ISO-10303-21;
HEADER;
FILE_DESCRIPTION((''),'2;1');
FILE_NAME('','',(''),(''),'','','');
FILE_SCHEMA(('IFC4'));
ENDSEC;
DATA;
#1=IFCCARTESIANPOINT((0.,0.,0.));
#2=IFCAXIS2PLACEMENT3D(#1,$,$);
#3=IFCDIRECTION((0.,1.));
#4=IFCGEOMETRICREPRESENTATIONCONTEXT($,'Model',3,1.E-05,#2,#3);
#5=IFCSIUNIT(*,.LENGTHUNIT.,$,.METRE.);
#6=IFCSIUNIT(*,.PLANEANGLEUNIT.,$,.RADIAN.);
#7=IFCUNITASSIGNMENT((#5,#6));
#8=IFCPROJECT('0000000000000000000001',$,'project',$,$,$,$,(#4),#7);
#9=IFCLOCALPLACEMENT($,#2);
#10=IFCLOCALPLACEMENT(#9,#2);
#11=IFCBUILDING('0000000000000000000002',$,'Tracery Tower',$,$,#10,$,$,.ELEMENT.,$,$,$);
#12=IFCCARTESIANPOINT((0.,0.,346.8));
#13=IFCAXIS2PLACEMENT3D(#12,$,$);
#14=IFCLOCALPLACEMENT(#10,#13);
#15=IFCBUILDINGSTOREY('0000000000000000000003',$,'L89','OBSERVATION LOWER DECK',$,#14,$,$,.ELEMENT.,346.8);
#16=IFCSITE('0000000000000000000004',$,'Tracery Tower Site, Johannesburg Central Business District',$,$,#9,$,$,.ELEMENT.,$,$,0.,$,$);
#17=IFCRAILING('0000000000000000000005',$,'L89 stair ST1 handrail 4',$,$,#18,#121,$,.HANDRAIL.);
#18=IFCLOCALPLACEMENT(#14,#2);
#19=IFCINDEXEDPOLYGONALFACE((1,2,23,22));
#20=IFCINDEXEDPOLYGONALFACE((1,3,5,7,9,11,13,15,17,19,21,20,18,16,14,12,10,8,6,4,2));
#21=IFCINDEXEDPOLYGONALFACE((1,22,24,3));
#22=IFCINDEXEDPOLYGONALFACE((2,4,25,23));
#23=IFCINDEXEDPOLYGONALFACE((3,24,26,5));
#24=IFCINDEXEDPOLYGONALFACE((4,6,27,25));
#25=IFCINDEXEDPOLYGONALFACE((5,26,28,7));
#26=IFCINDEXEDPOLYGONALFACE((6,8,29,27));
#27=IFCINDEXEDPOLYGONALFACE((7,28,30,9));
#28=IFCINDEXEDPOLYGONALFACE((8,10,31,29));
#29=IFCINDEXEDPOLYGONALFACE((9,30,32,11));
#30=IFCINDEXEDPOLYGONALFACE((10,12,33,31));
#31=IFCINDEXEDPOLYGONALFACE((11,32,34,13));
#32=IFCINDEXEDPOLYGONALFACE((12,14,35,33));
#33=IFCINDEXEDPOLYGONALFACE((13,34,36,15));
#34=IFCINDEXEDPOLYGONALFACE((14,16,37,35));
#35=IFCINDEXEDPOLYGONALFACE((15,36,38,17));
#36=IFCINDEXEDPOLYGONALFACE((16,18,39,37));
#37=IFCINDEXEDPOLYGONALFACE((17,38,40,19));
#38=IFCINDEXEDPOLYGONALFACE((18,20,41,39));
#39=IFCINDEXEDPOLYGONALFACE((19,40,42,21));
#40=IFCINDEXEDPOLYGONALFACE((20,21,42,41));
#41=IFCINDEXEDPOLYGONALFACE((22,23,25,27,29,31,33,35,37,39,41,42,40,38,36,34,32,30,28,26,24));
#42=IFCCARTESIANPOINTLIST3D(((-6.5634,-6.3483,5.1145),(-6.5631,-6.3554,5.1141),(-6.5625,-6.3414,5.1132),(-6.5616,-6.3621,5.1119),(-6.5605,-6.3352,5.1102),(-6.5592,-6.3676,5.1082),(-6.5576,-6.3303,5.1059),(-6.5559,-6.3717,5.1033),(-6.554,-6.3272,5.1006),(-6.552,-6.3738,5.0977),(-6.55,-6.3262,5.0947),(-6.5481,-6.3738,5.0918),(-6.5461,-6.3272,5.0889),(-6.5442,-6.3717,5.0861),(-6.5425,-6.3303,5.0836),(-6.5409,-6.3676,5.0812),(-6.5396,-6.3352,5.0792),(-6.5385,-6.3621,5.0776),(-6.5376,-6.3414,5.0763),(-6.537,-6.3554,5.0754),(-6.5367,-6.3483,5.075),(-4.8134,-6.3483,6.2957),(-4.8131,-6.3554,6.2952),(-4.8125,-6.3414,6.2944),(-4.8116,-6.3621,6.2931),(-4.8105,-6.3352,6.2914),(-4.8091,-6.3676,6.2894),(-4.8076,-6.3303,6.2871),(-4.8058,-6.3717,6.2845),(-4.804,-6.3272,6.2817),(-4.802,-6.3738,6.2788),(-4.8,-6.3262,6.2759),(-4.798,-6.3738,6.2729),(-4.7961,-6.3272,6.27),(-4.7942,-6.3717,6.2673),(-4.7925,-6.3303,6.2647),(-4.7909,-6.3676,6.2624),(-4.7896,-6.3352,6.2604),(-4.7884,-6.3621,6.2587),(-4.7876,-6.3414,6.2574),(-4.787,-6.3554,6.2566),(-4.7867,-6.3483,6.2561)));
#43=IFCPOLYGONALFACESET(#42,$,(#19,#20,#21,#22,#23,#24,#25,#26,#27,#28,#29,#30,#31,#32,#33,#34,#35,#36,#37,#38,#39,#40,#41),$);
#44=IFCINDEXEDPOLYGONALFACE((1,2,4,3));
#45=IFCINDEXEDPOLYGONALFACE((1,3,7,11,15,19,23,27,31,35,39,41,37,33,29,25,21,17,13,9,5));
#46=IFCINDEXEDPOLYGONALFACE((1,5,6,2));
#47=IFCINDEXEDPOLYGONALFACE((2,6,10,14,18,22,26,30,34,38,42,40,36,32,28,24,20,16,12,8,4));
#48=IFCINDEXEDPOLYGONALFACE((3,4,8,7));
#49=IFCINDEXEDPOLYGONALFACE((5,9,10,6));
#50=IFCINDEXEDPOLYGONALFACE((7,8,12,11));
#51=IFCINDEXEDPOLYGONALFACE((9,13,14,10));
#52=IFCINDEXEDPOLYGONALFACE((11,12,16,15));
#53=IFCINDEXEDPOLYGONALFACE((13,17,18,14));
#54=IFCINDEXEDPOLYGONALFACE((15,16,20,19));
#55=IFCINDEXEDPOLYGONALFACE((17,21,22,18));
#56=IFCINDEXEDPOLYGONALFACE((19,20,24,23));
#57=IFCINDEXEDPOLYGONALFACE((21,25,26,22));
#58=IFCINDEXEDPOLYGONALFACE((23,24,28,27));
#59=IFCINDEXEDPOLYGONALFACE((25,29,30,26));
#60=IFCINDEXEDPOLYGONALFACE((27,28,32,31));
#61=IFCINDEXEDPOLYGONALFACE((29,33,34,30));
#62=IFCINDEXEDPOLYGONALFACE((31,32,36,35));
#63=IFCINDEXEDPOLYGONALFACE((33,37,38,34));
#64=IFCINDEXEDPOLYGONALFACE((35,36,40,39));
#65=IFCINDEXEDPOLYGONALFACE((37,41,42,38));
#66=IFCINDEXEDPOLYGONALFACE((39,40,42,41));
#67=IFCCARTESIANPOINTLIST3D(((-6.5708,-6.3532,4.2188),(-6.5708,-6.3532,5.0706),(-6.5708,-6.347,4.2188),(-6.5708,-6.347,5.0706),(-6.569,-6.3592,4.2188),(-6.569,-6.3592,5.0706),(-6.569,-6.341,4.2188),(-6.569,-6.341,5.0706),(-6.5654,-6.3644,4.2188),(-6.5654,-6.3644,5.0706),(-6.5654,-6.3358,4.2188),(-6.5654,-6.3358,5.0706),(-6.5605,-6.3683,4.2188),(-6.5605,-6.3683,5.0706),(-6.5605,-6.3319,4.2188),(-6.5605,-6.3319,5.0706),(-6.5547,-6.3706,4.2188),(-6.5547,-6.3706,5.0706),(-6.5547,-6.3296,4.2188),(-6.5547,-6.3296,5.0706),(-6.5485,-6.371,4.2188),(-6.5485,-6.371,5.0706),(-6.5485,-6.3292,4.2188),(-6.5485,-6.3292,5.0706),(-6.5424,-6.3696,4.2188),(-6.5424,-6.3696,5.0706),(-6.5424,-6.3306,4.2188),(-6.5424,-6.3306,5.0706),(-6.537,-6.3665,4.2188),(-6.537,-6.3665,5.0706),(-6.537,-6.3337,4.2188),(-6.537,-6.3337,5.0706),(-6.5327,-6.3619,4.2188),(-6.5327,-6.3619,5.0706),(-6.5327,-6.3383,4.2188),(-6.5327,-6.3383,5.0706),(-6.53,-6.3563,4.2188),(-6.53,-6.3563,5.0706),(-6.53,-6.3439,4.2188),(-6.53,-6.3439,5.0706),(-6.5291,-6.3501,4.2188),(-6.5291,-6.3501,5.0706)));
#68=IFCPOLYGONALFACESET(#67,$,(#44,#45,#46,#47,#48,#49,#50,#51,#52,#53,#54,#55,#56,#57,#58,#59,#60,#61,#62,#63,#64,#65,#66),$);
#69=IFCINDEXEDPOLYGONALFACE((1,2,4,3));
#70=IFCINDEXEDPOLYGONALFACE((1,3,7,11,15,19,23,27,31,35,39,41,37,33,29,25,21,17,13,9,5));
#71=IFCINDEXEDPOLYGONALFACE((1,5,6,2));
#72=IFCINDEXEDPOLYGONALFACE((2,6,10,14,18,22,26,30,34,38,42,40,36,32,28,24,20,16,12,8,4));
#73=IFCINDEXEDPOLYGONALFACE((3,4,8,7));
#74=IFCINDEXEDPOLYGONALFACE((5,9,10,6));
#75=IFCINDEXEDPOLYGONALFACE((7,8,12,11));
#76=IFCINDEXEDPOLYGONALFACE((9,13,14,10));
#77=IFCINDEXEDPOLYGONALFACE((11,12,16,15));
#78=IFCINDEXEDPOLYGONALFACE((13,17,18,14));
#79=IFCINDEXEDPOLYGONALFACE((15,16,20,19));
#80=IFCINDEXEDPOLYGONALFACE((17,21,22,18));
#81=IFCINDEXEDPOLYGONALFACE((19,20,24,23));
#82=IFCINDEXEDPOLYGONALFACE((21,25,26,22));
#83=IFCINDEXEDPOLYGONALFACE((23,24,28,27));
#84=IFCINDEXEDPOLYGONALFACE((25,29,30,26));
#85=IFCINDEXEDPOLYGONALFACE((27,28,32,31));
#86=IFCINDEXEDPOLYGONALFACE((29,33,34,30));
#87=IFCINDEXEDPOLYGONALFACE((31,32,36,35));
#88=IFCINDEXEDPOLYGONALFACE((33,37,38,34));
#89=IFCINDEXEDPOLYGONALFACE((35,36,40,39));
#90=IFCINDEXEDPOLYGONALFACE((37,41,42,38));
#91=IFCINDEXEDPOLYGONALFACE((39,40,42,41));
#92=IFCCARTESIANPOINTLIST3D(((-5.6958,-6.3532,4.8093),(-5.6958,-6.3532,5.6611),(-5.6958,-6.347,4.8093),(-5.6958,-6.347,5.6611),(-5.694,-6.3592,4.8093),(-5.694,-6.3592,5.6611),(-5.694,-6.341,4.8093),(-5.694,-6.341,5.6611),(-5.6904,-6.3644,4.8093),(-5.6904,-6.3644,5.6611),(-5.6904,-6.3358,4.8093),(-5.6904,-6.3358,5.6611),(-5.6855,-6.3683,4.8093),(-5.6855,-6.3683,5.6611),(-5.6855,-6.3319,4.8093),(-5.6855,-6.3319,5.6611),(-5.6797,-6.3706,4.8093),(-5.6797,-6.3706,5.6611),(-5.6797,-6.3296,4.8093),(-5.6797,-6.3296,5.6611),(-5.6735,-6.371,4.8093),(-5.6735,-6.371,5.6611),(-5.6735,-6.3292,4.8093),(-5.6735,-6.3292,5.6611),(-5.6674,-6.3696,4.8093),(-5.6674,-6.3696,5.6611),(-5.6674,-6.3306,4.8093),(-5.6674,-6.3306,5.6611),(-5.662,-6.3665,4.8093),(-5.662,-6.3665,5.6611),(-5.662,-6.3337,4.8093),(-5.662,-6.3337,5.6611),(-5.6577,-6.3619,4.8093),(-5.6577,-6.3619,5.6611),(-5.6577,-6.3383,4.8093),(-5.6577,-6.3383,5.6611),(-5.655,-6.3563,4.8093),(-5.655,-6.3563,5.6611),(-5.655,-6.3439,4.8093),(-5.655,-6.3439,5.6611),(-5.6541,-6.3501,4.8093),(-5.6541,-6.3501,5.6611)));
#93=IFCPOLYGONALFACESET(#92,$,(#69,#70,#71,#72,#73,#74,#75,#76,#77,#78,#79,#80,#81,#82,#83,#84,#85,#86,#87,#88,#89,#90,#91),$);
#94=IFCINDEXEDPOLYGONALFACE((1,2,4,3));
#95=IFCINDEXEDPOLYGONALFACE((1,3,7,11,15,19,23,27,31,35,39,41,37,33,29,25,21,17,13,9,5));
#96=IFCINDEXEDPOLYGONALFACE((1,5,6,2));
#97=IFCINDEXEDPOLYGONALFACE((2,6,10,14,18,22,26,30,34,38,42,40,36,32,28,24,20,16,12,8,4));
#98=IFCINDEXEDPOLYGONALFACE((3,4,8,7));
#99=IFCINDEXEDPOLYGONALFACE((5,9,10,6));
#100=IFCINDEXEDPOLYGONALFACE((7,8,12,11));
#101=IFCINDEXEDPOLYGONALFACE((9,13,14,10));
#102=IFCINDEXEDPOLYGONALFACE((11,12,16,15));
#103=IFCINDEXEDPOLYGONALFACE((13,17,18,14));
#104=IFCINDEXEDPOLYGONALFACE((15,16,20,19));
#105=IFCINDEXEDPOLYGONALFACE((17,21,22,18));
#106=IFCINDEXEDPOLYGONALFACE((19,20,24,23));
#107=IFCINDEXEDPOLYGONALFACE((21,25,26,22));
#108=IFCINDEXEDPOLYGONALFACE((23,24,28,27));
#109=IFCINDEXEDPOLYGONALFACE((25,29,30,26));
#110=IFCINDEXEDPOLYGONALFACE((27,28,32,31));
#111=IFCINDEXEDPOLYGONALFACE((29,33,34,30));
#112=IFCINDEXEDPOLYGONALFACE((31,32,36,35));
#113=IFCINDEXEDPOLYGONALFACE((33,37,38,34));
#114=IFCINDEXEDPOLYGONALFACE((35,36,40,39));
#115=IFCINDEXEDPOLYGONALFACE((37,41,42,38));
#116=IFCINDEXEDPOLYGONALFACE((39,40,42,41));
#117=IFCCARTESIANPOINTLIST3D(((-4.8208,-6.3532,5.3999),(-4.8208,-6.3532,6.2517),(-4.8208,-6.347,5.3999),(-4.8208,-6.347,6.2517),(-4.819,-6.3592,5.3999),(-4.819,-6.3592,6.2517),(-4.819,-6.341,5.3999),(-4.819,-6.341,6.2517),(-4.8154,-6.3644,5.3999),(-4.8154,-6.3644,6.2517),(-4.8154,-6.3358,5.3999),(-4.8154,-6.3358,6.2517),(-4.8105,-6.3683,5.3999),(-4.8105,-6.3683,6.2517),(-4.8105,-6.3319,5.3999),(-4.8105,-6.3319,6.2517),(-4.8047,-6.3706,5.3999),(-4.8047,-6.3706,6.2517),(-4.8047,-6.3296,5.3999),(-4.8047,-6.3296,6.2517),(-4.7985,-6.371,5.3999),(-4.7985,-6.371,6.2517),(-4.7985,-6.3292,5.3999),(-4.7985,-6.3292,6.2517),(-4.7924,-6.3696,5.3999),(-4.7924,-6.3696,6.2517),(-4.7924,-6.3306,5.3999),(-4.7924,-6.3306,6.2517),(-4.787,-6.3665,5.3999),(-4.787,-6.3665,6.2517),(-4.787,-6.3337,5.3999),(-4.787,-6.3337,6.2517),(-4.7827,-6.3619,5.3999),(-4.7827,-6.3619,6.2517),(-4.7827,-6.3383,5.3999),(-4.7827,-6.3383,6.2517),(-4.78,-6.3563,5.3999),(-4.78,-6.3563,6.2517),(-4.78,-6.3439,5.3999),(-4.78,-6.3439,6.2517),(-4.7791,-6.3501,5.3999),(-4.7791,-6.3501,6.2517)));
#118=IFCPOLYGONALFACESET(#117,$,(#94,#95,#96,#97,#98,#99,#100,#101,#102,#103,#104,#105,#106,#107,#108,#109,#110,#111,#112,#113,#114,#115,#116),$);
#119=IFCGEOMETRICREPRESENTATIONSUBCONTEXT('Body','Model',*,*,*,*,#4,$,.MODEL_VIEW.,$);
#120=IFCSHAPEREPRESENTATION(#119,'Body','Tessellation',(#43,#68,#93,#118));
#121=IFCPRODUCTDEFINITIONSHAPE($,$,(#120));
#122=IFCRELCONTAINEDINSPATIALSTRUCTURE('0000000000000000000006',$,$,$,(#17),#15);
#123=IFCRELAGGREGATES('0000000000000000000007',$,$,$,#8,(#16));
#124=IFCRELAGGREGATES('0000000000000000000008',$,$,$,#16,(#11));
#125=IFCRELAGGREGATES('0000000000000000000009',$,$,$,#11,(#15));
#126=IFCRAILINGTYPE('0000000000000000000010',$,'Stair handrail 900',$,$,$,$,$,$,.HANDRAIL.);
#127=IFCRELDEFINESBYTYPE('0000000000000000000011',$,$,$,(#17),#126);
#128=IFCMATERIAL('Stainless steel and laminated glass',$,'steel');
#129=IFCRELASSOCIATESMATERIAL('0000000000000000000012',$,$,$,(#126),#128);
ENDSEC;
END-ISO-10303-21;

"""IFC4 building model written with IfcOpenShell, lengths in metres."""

from ifc_helpers import new_model, si_unit, direction, frame, origin, origin_2d, place, context, subcontext, project, spatial, circle, extrude, material, type_object, element, save


model = new_model("IFC4")

# Units and contexts
model_context = context("Model", 3, precision=1e-05, world=origin(), true_north=direction((0.0, 1.0)))
body_context = subcontext(model_context, "Body", "Model", "MODEL_VIEW")
ifc_project = project(units=[si_unit("LENGTHUNIT", "METRE"), si_unit("PLANEANGLEUNIT", "RADIAN")], contexts=[model_context])

# Site, building, storey
site_placement = place(None, origin())
site = spatial("IfcSite", under=ifc_project, at=site_placement, Name="Tracery Tower Site, Johannesburg Central Business District", CompositionType="ELEMENT", RefElevation=0.0)
building_placement = place(site_placement, origin())
building = spatial("IfcBuilding", under=site, at=building_placement, Name="Tracery Tower", CompositionType="ELEMENT")
storey_placement = place(building_placement, frame((0.0, 0.0, 346.8)))
storey = spatial("IfcBuildingStorey", under=building, at=storey_placement, Name="L89", Description="OBSERVATION LOWER DECK", CompositionType="ELEMENT", Elevation=346.8)

# Railing
ifc_material_1 = material(Name="Stainless steel and laminated glass", Category="steel")
railing_type_1 = type_object("IfcRailingType", Name="Stair handrail 900", PredefinedType="HANDRAIL", material=ifc_material_1)
railing_1_placement = place(storey_placement, frame((-6.55, -6.3501, 4.2188)))
element("IfcRailing", 1, at=railing_1_placement, inside=storey, type_object=railing_type_1, Name="L89 stair ST1 handrail 4", PredefinedType="HANDRAIL", context=body_context, shape_type="SweptSolid", body=[
    extrude(circle(Radius=0.0239, at=origin_2d()), frame((0.0, 0.0, 0.876), z_axis=(0.82887, 0.0, 0.559441), x_axis=(0.0, 1.0, 0.0)), (0.0, 0.0, 1.0), 2.1113),
    extrude(circle(Radius=0.021, at=origin_2d()), origin(), (0.0, 0.0, 1.0), 0.8518),
    extrude(circle(Radius=0.021, at=origin_2d()), frame((0.875, 0.0, 0.5906)), (0.0, 0.0, 1.0), 0.8518),
    extrude(circle(Radius=0.021, at=origin_2d()), frame((1.75, 0.0, 1.1812)), (0.0, 0.0, 1.0), 0.8518),
])

save(model, "model.ifc")
